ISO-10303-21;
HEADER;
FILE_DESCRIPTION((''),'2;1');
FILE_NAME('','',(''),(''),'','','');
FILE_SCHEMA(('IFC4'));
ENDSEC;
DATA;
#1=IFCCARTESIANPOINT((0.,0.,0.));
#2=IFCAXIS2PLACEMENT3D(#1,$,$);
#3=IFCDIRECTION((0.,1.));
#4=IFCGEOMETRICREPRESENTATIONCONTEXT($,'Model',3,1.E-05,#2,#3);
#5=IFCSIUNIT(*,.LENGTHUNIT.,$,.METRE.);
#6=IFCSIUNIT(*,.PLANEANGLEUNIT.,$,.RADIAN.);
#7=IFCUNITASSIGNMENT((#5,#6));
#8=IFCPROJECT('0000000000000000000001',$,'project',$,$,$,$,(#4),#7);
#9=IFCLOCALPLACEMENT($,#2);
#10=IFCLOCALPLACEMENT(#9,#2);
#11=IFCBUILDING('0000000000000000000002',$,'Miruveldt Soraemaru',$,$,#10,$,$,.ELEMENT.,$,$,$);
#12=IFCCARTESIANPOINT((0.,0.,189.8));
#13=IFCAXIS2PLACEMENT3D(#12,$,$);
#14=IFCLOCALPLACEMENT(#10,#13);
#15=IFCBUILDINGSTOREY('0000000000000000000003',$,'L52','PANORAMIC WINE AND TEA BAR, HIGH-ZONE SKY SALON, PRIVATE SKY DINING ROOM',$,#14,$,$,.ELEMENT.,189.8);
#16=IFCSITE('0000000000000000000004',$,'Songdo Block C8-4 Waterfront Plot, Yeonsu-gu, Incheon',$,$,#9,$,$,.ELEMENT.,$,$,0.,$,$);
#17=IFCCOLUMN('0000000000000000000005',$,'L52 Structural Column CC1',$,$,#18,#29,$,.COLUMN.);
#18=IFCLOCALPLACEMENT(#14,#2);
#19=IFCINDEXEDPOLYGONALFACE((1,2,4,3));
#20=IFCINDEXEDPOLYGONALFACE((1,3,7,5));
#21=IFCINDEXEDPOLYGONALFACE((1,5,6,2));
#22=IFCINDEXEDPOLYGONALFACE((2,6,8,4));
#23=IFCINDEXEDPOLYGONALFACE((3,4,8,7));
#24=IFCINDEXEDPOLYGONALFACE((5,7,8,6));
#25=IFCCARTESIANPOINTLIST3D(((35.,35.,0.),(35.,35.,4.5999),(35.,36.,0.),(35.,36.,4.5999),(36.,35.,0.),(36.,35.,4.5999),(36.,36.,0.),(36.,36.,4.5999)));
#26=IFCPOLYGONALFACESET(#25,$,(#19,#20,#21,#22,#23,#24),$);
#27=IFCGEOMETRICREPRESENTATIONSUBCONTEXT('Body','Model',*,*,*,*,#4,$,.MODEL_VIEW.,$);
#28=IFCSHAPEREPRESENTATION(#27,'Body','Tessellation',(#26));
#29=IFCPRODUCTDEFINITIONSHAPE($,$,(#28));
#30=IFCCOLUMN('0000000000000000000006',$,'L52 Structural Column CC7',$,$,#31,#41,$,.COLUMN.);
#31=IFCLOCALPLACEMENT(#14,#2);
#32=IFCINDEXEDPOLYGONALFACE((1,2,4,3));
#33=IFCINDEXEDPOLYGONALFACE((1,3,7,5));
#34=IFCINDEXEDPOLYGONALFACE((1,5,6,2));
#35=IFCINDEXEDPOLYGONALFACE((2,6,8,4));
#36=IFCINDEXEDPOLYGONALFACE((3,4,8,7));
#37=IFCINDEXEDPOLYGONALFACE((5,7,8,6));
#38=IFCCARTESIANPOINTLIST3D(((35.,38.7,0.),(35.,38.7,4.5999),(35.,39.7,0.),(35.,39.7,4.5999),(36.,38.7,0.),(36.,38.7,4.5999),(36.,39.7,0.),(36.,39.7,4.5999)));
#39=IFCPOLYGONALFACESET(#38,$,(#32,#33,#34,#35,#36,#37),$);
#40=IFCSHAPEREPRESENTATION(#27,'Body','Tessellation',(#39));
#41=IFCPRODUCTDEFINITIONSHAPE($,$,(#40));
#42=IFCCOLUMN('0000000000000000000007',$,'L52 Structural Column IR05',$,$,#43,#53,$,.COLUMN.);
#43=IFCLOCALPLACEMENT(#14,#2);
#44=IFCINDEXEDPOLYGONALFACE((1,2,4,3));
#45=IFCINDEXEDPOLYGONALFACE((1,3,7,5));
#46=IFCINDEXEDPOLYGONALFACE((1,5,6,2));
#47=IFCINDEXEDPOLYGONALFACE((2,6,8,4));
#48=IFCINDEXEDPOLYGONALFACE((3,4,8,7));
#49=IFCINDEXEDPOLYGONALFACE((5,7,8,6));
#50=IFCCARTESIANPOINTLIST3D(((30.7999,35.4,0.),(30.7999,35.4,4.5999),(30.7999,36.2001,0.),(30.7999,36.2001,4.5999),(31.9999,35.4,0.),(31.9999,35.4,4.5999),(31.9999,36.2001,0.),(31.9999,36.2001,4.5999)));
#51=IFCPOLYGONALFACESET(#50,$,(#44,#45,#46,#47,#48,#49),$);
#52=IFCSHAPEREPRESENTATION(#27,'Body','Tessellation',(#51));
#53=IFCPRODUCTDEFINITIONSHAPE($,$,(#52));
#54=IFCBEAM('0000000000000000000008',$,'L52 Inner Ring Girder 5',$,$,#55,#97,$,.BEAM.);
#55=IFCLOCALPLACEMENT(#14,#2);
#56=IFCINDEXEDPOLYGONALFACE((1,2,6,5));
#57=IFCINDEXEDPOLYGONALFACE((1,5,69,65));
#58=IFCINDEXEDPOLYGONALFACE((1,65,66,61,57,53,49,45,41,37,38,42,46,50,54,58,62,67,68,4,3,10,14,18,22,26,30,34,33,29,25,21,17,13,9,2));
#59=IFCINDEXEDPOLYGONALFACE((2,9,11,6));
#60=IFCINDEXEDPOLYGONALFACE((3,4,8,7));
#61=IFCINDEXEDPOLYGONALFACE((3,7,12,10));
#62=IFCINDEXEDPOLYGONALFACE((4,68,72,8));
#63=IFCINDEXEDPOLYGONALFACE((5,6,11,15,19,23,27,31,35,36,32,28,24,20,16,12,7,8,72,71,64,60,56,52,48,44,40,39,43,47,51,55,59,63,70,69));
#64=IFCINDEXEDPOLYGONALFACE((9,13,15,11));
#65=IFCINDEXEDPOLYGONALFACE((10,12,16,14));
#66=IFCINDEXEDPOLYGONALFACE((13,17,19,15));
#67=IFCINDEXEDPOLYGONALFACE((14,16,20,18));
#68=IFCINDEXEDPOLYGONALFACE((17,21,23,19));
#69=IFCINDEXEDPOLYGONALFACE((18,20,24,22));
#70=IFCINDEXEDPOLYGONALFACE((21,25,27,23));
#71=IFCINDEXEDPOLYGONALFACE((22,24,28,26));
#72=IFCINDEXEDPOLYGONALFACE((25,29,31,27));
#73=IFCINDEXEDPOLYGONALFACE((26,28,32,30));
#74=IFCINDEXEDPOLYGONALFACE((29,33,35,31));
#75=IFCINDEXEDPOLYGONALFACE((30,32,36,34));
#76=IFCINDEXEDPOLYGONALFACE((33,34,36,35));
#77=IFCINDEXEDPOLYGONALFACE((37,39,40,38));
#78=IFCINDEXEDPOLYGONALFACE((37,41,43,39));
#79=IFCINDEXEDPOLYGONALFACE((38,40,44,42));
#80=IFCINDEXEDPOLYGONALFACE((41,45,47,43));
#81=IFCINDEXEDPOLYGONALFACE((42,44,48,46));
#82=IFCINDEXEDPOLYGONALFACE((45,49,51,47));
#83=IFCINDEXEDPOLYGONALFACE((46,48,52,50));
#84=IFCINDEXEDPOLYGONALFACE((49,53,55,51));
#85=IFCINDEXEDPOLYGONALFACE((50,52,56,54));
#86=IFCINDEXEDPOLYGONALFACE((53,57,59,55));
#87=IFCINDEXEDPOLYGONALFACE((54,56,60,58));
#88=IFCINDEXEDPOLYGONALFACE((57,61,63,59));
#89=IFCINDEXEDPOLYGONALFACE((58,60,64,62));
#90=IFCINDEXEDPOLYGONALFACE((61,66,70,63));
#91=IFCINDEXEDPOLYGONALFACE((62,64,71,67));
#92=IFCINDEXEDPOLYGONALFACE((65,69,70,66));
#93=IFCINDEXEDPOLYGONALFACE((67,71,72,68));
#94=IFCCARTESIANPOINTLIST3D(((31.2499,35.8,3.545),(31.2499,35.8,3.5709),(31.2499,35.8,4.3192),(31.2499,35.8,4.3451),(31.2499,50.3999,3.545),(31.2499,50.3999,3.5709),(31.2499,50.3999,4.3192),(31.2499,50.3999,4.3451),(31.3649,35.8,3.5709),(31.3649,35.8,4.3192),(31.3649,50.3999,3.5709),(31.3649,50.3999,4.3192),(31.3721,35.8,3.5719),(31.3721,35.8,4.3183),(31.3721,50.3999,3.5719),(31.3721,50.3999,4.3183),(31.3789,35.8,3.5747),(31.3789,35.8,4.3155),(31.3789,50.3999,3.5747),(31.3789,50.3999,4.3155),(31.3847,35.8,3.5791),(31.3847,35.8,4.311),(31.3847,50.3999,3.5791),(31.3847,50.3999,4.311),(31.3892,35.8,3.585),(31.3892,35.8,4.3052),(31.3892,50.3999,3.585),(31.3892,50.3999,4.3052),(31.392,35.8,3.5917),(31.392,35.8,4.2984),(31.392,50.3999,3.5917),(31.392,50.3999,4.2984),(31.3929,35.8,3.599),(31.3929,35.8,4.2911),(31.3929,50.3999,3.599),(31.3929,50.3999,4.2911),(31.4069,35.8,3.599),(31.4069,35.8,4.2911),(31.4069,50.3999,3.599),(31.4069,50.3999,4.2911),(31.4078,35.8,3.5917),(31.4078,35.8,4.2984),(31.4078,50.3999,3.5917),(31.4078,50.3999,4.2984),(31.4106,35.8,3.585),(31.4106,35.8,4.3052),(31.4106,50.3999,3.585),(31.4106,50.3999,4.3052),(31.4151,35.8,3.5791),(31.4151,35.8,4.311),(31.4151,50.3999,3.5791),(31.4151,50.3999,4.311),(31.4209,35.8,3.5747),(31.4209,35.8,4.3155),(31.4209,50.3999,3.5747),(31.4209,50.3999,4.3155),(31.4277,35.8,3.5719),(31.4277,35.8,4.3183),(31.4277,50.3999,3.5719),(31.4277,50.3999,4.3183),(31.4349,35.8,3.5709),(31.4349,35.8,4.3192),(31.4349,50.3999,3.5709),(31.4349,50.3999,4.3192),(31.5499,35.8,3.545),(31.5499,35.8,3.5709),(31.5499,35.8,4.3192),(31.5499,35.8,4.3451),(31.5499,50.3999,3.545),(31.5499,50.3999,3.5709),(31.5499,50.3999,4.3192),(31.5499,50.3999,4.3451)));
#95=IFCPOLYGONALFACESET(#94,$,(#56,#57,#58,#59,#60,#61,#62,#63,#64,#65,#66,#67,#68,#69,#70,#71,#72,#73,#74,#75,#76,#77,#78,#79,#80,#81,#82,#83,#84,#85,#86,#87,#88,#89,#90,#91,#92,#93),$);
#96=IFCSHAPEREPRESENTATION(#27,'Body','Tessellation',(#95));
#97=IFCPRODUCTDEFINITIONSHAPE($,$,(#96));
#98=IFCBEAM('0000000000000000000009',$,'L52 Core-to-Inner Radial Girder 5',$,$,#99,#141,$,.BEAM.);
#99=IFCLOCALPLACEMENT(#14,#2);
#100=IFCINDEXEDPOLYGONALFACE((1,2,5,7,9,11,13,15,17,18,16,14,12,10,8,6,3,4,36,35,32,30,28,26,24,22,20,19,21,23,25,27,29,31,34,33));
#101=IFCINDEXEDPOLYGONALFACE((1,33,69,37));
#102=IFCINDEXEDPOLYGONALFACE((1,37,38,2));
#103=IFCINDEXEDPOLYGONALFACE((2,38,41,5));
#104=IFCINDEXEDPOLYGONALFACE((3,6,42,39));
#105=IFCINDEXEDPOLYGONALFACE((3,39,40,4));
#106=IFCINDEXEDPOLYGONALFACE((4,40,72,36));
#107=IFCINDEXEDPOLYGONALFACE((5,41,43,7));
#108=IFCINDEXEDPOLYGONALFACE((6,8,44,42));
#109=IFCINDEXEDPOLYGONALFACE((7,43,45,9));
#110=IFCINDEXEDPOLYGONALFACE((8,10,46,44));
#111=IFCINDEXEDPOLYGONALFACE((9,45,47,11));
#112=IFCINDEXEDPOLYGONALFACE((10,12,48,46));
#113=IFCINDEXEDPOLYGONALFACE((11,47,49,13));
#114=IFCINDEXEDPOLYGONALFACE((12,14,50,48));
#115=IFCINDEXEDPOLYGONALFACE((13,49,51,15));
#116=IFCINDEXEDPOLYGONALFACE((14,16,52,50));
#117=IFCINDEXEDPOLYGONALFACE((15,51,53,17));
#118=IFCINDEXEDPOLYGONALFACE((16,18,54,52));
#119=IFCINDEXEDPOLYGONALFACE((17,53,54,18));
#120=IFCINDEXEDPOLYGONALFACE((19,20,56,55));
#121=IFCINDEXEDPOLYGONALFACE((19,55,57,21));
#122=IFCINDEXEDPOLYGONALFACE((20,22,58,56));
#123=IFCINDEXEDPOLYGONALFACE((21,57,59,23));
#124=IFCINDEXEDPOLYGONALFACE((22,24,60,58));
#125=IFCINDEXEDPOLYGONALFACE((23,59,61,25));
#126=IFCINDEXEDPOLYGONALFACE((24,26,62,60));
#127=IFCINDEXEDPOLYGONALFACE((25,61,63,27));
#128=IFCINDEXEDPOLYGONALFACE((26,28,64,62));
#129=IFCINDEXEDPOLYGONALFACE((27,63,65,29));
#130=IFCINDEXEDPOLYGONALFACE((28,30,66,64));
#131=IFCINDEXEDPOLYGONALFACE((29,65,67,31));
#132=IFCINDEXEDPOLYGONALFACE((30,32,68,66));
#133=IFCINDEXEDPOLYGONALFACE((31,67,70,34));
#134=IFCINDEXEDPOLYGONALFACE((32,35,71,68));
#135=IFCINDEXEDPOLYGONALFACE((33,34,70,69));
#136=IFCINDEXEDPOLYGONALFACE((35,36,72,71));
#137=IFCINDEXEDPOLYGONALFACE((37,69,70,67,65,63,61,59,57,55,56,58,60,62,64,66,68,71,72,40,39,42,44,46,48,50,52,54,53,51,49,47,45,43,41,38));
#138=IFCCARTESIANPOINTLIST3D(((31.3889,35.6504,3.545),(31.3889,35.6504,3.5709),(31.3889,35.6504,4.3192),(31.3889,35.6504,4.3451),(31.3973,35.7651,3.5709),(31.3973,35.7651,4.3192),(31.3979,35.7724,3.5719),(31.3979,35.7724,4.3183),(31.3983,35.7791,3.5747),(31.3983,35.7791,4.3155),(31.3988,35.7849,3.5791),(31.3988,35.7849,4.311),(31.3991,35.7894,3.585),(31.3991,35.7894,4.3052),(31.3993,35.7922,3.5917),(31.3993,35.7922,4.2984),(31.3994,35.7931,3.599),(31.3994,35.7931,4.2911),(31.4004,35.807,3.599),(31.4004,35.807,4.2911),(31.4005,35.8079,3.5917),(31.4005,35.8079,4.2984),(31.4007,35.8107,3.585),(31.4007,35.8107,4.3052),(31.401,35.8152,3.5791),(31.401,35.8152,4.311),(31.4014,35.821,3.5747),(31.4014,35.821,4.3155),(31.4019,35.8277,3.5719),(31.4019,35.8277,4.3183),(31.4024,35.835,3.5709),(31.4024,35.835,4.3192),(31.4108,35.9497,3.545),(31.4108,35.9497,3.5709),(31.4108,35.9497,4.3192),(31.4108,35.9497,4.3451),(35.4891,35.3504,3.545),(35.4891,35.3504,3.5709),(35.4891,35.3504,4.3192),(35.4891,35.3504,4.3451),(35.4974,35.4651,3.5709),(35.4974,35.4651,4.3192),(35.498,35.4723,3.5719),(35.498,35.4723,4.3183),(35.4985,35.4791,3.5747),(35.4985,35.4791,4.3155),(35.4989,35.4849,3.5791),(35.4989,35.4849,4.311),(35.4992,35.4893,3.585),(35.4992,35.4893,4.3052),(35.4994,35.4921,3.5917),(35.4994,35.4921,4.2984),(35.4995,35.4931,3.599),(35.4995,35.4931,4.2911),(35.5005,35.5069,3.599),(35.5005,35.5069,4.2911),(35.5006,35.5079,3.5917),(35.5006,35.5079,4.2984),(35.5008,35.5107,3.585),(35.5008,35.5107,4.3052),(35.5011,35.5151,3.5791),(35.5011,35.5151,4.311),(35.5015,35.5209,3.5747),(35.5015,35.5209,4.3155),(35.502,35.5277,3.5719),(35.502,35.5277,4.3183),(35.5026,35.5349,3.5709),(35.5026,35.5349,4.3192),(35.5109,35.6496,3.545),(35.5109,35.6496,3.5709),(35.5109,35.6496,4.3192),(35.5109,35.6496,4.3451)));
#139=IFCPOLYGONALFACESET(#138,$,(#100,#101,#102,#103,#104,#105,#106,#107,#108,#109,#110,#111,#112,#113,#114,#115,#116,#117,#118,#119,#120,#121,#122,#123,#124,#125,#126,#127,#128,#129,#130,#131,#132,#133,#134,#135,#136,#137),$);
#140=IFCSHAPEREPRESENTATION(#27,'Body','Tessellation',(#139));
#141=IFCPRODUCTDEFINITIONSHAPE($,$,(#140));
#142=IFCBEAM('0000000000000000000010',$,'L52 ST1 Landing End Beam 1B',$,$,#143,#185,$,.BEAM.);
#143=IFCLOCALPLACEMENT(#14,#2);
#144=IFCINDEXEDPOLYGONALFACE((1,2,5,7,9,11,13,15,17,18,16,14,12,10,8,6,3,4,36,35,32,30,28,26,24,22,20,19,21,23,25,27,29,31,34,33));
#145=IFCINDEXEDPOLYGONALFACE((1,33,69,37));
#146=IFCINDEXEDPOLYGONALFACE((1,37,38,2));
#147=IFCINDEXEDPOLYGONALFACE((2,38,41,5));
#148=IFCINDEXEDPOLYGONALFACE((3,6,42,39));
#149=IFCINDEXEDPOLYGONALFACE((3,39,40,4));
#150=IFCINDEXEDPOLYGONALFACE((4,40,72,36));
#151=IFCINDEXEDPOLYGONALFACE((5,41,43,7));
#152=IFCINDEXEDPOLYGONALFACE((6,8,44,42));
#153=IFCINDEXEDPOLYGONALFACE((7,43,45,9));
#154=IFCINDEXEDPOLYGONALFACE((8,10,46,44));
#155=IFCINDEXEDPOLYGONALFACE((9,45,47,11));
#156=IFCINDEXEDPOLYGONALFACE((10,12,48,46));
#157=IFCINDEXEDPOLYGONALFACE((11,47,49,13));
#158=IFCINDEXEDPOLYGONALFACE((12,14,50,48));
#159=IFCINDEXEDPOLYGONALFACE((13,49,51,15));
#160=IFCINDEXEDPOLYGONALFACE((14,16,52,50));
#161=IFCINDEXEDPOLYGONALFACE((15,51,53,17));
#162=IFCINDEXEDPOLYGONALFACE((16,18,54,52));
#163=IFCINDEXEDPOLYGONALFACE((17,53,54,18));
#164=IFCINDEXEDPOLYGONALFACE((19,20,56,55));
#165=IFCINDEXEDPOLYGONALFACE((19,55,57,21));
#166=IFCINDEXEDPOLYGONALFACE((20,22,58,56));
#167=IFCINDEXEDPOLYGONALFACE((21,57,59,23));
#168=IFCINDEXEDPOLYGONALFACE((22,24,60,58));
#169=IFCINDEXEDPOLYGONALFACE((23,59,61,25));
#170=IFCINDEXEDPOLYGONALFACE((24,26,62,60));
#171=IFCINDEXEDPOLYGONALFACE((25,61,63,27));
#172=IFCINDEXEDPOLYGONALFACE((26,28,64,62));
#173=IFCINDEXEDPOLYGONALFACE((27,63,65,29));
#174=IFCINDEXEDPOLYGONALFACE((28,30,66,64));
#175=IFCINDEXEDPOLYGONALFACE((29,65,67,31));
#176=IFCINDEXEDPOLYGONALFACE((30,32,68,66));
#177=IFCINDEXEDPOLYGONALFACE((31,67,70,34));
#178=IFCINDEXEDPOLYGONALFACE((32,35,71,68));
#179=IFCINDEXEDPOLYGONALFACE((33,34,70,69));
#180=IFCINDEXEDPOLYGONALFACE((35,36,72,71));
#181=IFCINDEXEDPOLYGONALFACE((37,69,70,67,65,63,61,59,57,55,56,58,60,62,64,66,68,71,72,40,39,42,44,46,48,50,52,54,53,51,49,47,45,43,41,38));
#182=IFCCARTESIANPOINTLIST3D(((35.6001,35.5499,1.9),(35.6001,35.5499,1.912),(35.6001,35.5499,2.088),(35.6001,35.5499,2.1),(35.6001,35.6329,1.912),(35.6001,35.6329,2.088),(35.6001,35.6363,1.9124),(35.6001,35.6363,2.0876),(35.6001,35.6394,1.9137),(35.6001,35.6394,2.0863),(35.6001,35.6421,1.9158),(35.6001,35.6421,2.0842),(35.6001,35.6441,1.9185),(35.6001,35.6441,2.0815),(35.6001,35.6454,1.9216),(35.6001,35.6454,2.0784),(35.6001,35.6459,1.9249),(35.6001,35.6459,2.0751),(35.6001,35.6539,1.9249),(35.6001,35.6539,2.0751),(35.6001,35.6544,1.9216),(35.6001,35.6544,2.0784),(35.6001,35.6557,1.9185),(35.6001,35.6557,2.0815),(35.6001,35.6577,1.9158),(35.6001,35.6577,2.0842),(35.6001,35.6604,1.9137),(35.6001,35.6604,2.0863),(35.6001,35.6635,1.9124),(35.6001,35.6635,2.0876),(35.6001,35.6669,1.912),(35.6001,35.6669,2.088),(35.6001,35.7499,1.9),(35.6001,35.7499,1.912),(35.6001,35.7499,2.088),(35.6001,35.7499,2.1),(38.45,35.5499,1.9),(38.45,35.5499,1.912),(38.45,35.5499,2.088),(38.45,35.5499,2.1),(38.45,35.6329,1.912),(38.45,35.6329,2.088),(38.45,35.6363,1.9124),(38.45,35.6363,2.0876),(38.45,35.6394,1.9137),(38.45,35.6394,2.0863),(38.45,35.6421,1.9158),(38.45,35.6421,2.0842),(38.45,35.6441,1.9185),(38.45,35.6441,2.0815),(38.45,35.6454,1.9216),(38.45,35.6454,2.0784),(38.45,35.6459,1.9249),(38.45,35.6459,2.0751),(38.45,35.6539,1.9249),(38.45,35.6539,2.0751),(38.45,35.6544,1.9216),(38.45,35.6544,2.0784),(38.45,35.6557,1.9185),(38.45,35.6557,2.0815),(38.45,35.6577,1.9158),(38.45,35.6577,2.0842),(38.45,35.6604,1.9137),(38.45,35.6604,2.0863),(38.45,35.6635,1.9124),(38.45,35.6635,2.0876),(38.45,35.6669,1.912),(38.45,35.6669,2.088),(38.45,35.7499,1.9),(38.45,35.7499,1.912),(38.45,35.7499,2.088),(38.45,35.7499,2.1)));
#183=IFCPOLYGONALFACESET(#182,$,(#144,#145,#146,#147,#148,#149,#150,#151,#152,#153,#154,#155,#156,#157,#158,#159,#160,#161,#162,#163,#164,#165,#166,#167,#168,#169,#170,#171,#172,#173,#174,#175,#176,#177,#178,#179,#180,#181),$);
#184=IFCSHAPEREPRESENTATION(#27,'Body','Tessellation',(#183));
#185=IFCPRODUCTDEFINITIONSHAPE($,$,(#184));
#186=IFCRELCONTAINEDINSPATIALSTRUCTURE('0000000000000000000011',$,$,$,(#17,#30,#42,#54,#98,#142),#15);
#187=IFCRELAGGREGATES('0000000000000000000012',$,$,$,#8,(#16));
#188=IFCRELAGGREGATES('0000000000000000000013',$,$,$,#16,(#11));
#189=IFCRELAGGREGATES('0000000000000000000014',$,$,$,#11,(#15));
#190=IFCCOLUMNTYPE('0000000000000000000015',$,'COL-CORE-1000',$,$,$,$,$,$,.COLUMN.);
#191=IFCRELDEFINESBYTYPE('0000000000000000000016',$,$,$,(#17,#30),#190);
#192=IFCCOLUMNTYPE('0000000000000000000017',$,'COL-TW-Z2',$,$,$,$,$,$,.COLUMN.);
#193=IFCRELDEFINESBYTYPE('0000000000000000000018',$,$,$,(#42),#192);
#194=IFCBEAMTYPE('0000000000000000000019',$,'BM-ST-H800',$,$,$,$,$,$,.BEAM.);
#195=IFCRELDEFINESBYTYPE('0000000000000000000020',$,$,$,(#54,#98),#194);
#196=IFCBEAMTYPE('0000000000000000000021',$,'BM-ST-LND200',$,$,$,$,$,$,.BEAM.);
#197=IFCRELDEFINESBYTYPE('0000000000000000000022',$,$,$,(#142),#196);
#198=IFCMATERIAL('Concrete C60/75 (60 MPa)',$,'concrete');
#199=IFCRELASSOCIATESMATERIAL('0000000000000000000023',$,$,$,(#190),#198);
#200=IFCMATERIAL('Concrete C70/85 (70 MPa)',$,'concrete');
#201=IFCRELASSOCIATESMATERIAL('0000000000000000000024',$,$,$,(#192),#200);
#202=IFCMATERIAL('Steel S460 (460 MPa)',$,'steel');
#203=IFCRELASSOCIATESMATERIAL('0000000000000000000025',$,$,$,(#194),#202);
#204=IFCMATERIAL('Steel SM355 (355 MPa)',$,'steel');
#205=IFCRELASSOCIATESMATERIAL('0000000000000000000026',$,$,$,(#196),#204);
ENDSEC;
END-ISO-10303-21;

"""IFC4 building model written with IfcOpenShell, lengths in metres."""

from ifc_helpers import new_model, si_unit, direction, frame, origin, origin_2d, place, context, subcontext, project, spatial, rectangle, i_section, extrude, material, material_profile, profile_set, type_object, element, save


model = new_model("IFC4")

# Units and contexts
model_context = context("Model", 3, precision=1e-05, world=origin(), true_north=direction((0.0, 1.0)))
body_context = subcontext(model_context, "Body", "Model", "MODEL_VIEW")
ifc_project = project(units=[si_unit("LENGTHUNIT", "METRE"), si_unit("PLANEANGLEUNIT", "RADIAN")], contexts=[model_context])

# Site, building, storey
site_placement = place(None, origin())
site = spatial("IfcSite", under=ifc_project, at=site_placement, Name="Songdo Block C8-4 Waterfront Plot, Yeonsu-gu, Incheon", CompositionType="ELEMENT", RefElevation=0.0)
building_placement = place(site_placement, origin())
building = spatial("IfcBuilding", under=site, at=building_placement, Name="Miruveldt Soraemaru", CompositionType="ELEMENT")
storey_placement = place(building_placement, frame((0.0, 0.0, 189.8)))
storey = spatial("IfcBuildingStorey", under=building, at=storey_placement, Name="L52", Description="PANORAMIC WINE AND TEA BAR, HIGH-ZONE SKY SALON, PRIVATE SKY DINING ROOM", CompositionType="ELEMENT", Elevation=189.8)

# Columns
ifc_material_1 = material(Name="Concrete C60/75 (60 MPa)", Category="concrete")
ifc_material_profile_1 = material_profile(ifc_material_1, rectangle(XDim=1.0, YDim=1.0, at=origin_2d()), Name="Concrete C60/75 (60 MPa)", Category="concrete")
ifc_profile_set_1 = profile_set([ifc_material_profile_1], Name="Concrete C60/75 (60 MPa)")
column_type_1 = type_object("IfcColumnType", Name="COL-CORE-1000", PredefinedType="COLUMN", material=ifc_profile_set_1)
for number, where, z_axis, x_axis, name in (
    (1, (35.5, 35.5, 0.0), (0.0, 0.0, 1.0), (1.0, 0.0, 0.0), "L52 Structural Column CC1"),
    (2, (35.5, 39.2, 0.0), (0.0, 0.0, 1.0), (1.0, 0.0, 0.0), "L52 Structural Column CC7"),
):
    element("IfcColumn", number, at=place(storey_placement, frame(where, z_axis=z_axis, x_axis=x_axis)), inside=storey, type_object=column_type_1, Name=name, PredefinedType="COLUMN", context=body_context, shape_type="SweptSolid", body=[
        extrude(rectangle(XDim=1.0, YDim=1.0, at=origin_2d()), origin(), (0.0, 0.0, 1.0), 4.5999),
    ])
ifc_material_2 = material(Name="Concrete C70/85 (70 MPa)", Category="concrete")
ifc_material_profile_2 = material_profile(ifc_material_2, rectangle(XDim=1.2, YDim=0.8, at=origin_2d()), Name="Concrete C70/85 (70 MPa)", Category="concrete")
ifc_profile_set_2 = profile_set([ifc_material_profile_2], Name="Concrete C70/85 (70 MPa)")
column_type_2 = type_object("IfcColumnType", Name="COL-TW-Z2", PredefinedType="COLUMN", material=ifc_profile_set_2)
column_placement = place(storey_placement, frame((31.3999, 35.8, 0.0), z_axis=(0.0, 0.0, 1.0), x_axis=(1.0, 0.0, 0.0)))
element("IfcColumn", 3, at=column_placement, inside=storey, type_object=column_type_2, Name="L52 Structural Column IR05", PredefinedType="COLUMN", context=body_context, shape_type="SweptSolid", body=[
    extrude(rectangle(XDim=1.2, YDim=0.8, at=origin_2d()), origin(), (0.0, 0.0, 1.0), 4.5999),
])

# Beams
ifc_material_3 = material(Name="Steel S460 (460 MPa)", Category="steel")
ifc_material_profile_3 = material_profile(ifc_material_3, i_section(OverallWidth=0.3, OverallDepth=0.8, WebThickness=0.0139, FlangeThickness=0.0259, FilletRadius=0.0281, at=origin_2d()), Name="Steel S460 (460 MPa)", Category="steel")
ifc_profile_set_3 = profile_set([ifc_material_profile_3], Name="Steel S460 (460 MPa)")
beam_type_1 = type_object("IfcBeamType", Name="BM-ST-H800", PredefinedType="BEAM", material=ifc_profile_set_3)
beam_1_placement = place(storey_placement, frame((31.3999, 35.8, 3.9451), z_axis=(0.0, 1.0, 0.0), x_axis=(-1.0, 0.0, 0.0)))
element("IfcBeam", 4, at=beam_1_placement, inside=storey, type_object=beam_type_1, Name="L52 Inner Ring Girder 5", PredefinedType="BEAM", context=body_context, shape_type="SweptSolid", body=[
    extrude(i_section(OverallWidth=0.3, OverallDepth=0.8, WebThickness=0.0139, FlangeThickness=0.0259, FilletRadius=0.0281, at=origin_2d()), origin(), (0.0, 0.0, 1.0), 14.5999),
])
beam_2_placement = place(storey_placement, frame((35.5, 35.5, 3.9451), z_axis=(-0.997333, 0.072986, 0.0), x_axis=(-0.072986, -0.997333, 0.0)))
element("IfcBeam", 5, at=beam_2_placement, inside=storey, type_object=beam_type_1, Name="L52 Core-to-Inner Radial Girder 5", PredefinedType="BEAM", context=body_context, shape_type="SweptSolid", body=[
    extrude(i_section(OverallWidth=0.3, OverallDepth=0.8, WebThickness=0.0139, FlangeThickness=0.0259, FilletRadius=0.0281, at=origin_2d()), origin(), (0.0, 0.0, 1.0), 4.1111),
])
ifc_material_4 = material(Name="Steel SM355 (355 MPa)", Category="steel")
ifc_material_profile_4 = material_profile(ifc_material_4, i_section(OverallWidth=0.2, OverallDepth=0.2, WebThickness=0.0081, FlangeThickness=0.012, FilletRadius=0.0129, at=origin_2d()), Name="Steel SM355 (355 MPa)", Category="steel")
ifc_profile_set_4 = profile_set([ifc_material_profile_4], Name="Steel SM355 (355 MPa)")
beam_type_2 = type_object("IfcBeamType", Name="BM-ST-LND200", PredefinedType="BEAM", material=ifc_profile_set_4)
beam_3_placement = place(storey_placement, frame((35.6001, 35.6499, 2.0), z_axis=(1.0, 0.0, 0.0), x_axis=(0.0, 1.0, 0.0)))
element("IfcBeam", 6, at=beam_3_placement, inside=storey, type_object=beam_type_2, Name="L52 ST1 Landing End Beam 1B", PredefinedType="BEAM", context=body_context, shape_type="SweptSolid", body=[
    extrude(i_section(OverallWidth=0.2, OverallDepth=0.2, WebThickness=0.0081, FlangeThickness=0.012, FilletRadius=0.0129, at=origin_2d()), origin(), (0.0, 0.0, 1.0), 2.8499),
])

save(model, "model.ifc")
